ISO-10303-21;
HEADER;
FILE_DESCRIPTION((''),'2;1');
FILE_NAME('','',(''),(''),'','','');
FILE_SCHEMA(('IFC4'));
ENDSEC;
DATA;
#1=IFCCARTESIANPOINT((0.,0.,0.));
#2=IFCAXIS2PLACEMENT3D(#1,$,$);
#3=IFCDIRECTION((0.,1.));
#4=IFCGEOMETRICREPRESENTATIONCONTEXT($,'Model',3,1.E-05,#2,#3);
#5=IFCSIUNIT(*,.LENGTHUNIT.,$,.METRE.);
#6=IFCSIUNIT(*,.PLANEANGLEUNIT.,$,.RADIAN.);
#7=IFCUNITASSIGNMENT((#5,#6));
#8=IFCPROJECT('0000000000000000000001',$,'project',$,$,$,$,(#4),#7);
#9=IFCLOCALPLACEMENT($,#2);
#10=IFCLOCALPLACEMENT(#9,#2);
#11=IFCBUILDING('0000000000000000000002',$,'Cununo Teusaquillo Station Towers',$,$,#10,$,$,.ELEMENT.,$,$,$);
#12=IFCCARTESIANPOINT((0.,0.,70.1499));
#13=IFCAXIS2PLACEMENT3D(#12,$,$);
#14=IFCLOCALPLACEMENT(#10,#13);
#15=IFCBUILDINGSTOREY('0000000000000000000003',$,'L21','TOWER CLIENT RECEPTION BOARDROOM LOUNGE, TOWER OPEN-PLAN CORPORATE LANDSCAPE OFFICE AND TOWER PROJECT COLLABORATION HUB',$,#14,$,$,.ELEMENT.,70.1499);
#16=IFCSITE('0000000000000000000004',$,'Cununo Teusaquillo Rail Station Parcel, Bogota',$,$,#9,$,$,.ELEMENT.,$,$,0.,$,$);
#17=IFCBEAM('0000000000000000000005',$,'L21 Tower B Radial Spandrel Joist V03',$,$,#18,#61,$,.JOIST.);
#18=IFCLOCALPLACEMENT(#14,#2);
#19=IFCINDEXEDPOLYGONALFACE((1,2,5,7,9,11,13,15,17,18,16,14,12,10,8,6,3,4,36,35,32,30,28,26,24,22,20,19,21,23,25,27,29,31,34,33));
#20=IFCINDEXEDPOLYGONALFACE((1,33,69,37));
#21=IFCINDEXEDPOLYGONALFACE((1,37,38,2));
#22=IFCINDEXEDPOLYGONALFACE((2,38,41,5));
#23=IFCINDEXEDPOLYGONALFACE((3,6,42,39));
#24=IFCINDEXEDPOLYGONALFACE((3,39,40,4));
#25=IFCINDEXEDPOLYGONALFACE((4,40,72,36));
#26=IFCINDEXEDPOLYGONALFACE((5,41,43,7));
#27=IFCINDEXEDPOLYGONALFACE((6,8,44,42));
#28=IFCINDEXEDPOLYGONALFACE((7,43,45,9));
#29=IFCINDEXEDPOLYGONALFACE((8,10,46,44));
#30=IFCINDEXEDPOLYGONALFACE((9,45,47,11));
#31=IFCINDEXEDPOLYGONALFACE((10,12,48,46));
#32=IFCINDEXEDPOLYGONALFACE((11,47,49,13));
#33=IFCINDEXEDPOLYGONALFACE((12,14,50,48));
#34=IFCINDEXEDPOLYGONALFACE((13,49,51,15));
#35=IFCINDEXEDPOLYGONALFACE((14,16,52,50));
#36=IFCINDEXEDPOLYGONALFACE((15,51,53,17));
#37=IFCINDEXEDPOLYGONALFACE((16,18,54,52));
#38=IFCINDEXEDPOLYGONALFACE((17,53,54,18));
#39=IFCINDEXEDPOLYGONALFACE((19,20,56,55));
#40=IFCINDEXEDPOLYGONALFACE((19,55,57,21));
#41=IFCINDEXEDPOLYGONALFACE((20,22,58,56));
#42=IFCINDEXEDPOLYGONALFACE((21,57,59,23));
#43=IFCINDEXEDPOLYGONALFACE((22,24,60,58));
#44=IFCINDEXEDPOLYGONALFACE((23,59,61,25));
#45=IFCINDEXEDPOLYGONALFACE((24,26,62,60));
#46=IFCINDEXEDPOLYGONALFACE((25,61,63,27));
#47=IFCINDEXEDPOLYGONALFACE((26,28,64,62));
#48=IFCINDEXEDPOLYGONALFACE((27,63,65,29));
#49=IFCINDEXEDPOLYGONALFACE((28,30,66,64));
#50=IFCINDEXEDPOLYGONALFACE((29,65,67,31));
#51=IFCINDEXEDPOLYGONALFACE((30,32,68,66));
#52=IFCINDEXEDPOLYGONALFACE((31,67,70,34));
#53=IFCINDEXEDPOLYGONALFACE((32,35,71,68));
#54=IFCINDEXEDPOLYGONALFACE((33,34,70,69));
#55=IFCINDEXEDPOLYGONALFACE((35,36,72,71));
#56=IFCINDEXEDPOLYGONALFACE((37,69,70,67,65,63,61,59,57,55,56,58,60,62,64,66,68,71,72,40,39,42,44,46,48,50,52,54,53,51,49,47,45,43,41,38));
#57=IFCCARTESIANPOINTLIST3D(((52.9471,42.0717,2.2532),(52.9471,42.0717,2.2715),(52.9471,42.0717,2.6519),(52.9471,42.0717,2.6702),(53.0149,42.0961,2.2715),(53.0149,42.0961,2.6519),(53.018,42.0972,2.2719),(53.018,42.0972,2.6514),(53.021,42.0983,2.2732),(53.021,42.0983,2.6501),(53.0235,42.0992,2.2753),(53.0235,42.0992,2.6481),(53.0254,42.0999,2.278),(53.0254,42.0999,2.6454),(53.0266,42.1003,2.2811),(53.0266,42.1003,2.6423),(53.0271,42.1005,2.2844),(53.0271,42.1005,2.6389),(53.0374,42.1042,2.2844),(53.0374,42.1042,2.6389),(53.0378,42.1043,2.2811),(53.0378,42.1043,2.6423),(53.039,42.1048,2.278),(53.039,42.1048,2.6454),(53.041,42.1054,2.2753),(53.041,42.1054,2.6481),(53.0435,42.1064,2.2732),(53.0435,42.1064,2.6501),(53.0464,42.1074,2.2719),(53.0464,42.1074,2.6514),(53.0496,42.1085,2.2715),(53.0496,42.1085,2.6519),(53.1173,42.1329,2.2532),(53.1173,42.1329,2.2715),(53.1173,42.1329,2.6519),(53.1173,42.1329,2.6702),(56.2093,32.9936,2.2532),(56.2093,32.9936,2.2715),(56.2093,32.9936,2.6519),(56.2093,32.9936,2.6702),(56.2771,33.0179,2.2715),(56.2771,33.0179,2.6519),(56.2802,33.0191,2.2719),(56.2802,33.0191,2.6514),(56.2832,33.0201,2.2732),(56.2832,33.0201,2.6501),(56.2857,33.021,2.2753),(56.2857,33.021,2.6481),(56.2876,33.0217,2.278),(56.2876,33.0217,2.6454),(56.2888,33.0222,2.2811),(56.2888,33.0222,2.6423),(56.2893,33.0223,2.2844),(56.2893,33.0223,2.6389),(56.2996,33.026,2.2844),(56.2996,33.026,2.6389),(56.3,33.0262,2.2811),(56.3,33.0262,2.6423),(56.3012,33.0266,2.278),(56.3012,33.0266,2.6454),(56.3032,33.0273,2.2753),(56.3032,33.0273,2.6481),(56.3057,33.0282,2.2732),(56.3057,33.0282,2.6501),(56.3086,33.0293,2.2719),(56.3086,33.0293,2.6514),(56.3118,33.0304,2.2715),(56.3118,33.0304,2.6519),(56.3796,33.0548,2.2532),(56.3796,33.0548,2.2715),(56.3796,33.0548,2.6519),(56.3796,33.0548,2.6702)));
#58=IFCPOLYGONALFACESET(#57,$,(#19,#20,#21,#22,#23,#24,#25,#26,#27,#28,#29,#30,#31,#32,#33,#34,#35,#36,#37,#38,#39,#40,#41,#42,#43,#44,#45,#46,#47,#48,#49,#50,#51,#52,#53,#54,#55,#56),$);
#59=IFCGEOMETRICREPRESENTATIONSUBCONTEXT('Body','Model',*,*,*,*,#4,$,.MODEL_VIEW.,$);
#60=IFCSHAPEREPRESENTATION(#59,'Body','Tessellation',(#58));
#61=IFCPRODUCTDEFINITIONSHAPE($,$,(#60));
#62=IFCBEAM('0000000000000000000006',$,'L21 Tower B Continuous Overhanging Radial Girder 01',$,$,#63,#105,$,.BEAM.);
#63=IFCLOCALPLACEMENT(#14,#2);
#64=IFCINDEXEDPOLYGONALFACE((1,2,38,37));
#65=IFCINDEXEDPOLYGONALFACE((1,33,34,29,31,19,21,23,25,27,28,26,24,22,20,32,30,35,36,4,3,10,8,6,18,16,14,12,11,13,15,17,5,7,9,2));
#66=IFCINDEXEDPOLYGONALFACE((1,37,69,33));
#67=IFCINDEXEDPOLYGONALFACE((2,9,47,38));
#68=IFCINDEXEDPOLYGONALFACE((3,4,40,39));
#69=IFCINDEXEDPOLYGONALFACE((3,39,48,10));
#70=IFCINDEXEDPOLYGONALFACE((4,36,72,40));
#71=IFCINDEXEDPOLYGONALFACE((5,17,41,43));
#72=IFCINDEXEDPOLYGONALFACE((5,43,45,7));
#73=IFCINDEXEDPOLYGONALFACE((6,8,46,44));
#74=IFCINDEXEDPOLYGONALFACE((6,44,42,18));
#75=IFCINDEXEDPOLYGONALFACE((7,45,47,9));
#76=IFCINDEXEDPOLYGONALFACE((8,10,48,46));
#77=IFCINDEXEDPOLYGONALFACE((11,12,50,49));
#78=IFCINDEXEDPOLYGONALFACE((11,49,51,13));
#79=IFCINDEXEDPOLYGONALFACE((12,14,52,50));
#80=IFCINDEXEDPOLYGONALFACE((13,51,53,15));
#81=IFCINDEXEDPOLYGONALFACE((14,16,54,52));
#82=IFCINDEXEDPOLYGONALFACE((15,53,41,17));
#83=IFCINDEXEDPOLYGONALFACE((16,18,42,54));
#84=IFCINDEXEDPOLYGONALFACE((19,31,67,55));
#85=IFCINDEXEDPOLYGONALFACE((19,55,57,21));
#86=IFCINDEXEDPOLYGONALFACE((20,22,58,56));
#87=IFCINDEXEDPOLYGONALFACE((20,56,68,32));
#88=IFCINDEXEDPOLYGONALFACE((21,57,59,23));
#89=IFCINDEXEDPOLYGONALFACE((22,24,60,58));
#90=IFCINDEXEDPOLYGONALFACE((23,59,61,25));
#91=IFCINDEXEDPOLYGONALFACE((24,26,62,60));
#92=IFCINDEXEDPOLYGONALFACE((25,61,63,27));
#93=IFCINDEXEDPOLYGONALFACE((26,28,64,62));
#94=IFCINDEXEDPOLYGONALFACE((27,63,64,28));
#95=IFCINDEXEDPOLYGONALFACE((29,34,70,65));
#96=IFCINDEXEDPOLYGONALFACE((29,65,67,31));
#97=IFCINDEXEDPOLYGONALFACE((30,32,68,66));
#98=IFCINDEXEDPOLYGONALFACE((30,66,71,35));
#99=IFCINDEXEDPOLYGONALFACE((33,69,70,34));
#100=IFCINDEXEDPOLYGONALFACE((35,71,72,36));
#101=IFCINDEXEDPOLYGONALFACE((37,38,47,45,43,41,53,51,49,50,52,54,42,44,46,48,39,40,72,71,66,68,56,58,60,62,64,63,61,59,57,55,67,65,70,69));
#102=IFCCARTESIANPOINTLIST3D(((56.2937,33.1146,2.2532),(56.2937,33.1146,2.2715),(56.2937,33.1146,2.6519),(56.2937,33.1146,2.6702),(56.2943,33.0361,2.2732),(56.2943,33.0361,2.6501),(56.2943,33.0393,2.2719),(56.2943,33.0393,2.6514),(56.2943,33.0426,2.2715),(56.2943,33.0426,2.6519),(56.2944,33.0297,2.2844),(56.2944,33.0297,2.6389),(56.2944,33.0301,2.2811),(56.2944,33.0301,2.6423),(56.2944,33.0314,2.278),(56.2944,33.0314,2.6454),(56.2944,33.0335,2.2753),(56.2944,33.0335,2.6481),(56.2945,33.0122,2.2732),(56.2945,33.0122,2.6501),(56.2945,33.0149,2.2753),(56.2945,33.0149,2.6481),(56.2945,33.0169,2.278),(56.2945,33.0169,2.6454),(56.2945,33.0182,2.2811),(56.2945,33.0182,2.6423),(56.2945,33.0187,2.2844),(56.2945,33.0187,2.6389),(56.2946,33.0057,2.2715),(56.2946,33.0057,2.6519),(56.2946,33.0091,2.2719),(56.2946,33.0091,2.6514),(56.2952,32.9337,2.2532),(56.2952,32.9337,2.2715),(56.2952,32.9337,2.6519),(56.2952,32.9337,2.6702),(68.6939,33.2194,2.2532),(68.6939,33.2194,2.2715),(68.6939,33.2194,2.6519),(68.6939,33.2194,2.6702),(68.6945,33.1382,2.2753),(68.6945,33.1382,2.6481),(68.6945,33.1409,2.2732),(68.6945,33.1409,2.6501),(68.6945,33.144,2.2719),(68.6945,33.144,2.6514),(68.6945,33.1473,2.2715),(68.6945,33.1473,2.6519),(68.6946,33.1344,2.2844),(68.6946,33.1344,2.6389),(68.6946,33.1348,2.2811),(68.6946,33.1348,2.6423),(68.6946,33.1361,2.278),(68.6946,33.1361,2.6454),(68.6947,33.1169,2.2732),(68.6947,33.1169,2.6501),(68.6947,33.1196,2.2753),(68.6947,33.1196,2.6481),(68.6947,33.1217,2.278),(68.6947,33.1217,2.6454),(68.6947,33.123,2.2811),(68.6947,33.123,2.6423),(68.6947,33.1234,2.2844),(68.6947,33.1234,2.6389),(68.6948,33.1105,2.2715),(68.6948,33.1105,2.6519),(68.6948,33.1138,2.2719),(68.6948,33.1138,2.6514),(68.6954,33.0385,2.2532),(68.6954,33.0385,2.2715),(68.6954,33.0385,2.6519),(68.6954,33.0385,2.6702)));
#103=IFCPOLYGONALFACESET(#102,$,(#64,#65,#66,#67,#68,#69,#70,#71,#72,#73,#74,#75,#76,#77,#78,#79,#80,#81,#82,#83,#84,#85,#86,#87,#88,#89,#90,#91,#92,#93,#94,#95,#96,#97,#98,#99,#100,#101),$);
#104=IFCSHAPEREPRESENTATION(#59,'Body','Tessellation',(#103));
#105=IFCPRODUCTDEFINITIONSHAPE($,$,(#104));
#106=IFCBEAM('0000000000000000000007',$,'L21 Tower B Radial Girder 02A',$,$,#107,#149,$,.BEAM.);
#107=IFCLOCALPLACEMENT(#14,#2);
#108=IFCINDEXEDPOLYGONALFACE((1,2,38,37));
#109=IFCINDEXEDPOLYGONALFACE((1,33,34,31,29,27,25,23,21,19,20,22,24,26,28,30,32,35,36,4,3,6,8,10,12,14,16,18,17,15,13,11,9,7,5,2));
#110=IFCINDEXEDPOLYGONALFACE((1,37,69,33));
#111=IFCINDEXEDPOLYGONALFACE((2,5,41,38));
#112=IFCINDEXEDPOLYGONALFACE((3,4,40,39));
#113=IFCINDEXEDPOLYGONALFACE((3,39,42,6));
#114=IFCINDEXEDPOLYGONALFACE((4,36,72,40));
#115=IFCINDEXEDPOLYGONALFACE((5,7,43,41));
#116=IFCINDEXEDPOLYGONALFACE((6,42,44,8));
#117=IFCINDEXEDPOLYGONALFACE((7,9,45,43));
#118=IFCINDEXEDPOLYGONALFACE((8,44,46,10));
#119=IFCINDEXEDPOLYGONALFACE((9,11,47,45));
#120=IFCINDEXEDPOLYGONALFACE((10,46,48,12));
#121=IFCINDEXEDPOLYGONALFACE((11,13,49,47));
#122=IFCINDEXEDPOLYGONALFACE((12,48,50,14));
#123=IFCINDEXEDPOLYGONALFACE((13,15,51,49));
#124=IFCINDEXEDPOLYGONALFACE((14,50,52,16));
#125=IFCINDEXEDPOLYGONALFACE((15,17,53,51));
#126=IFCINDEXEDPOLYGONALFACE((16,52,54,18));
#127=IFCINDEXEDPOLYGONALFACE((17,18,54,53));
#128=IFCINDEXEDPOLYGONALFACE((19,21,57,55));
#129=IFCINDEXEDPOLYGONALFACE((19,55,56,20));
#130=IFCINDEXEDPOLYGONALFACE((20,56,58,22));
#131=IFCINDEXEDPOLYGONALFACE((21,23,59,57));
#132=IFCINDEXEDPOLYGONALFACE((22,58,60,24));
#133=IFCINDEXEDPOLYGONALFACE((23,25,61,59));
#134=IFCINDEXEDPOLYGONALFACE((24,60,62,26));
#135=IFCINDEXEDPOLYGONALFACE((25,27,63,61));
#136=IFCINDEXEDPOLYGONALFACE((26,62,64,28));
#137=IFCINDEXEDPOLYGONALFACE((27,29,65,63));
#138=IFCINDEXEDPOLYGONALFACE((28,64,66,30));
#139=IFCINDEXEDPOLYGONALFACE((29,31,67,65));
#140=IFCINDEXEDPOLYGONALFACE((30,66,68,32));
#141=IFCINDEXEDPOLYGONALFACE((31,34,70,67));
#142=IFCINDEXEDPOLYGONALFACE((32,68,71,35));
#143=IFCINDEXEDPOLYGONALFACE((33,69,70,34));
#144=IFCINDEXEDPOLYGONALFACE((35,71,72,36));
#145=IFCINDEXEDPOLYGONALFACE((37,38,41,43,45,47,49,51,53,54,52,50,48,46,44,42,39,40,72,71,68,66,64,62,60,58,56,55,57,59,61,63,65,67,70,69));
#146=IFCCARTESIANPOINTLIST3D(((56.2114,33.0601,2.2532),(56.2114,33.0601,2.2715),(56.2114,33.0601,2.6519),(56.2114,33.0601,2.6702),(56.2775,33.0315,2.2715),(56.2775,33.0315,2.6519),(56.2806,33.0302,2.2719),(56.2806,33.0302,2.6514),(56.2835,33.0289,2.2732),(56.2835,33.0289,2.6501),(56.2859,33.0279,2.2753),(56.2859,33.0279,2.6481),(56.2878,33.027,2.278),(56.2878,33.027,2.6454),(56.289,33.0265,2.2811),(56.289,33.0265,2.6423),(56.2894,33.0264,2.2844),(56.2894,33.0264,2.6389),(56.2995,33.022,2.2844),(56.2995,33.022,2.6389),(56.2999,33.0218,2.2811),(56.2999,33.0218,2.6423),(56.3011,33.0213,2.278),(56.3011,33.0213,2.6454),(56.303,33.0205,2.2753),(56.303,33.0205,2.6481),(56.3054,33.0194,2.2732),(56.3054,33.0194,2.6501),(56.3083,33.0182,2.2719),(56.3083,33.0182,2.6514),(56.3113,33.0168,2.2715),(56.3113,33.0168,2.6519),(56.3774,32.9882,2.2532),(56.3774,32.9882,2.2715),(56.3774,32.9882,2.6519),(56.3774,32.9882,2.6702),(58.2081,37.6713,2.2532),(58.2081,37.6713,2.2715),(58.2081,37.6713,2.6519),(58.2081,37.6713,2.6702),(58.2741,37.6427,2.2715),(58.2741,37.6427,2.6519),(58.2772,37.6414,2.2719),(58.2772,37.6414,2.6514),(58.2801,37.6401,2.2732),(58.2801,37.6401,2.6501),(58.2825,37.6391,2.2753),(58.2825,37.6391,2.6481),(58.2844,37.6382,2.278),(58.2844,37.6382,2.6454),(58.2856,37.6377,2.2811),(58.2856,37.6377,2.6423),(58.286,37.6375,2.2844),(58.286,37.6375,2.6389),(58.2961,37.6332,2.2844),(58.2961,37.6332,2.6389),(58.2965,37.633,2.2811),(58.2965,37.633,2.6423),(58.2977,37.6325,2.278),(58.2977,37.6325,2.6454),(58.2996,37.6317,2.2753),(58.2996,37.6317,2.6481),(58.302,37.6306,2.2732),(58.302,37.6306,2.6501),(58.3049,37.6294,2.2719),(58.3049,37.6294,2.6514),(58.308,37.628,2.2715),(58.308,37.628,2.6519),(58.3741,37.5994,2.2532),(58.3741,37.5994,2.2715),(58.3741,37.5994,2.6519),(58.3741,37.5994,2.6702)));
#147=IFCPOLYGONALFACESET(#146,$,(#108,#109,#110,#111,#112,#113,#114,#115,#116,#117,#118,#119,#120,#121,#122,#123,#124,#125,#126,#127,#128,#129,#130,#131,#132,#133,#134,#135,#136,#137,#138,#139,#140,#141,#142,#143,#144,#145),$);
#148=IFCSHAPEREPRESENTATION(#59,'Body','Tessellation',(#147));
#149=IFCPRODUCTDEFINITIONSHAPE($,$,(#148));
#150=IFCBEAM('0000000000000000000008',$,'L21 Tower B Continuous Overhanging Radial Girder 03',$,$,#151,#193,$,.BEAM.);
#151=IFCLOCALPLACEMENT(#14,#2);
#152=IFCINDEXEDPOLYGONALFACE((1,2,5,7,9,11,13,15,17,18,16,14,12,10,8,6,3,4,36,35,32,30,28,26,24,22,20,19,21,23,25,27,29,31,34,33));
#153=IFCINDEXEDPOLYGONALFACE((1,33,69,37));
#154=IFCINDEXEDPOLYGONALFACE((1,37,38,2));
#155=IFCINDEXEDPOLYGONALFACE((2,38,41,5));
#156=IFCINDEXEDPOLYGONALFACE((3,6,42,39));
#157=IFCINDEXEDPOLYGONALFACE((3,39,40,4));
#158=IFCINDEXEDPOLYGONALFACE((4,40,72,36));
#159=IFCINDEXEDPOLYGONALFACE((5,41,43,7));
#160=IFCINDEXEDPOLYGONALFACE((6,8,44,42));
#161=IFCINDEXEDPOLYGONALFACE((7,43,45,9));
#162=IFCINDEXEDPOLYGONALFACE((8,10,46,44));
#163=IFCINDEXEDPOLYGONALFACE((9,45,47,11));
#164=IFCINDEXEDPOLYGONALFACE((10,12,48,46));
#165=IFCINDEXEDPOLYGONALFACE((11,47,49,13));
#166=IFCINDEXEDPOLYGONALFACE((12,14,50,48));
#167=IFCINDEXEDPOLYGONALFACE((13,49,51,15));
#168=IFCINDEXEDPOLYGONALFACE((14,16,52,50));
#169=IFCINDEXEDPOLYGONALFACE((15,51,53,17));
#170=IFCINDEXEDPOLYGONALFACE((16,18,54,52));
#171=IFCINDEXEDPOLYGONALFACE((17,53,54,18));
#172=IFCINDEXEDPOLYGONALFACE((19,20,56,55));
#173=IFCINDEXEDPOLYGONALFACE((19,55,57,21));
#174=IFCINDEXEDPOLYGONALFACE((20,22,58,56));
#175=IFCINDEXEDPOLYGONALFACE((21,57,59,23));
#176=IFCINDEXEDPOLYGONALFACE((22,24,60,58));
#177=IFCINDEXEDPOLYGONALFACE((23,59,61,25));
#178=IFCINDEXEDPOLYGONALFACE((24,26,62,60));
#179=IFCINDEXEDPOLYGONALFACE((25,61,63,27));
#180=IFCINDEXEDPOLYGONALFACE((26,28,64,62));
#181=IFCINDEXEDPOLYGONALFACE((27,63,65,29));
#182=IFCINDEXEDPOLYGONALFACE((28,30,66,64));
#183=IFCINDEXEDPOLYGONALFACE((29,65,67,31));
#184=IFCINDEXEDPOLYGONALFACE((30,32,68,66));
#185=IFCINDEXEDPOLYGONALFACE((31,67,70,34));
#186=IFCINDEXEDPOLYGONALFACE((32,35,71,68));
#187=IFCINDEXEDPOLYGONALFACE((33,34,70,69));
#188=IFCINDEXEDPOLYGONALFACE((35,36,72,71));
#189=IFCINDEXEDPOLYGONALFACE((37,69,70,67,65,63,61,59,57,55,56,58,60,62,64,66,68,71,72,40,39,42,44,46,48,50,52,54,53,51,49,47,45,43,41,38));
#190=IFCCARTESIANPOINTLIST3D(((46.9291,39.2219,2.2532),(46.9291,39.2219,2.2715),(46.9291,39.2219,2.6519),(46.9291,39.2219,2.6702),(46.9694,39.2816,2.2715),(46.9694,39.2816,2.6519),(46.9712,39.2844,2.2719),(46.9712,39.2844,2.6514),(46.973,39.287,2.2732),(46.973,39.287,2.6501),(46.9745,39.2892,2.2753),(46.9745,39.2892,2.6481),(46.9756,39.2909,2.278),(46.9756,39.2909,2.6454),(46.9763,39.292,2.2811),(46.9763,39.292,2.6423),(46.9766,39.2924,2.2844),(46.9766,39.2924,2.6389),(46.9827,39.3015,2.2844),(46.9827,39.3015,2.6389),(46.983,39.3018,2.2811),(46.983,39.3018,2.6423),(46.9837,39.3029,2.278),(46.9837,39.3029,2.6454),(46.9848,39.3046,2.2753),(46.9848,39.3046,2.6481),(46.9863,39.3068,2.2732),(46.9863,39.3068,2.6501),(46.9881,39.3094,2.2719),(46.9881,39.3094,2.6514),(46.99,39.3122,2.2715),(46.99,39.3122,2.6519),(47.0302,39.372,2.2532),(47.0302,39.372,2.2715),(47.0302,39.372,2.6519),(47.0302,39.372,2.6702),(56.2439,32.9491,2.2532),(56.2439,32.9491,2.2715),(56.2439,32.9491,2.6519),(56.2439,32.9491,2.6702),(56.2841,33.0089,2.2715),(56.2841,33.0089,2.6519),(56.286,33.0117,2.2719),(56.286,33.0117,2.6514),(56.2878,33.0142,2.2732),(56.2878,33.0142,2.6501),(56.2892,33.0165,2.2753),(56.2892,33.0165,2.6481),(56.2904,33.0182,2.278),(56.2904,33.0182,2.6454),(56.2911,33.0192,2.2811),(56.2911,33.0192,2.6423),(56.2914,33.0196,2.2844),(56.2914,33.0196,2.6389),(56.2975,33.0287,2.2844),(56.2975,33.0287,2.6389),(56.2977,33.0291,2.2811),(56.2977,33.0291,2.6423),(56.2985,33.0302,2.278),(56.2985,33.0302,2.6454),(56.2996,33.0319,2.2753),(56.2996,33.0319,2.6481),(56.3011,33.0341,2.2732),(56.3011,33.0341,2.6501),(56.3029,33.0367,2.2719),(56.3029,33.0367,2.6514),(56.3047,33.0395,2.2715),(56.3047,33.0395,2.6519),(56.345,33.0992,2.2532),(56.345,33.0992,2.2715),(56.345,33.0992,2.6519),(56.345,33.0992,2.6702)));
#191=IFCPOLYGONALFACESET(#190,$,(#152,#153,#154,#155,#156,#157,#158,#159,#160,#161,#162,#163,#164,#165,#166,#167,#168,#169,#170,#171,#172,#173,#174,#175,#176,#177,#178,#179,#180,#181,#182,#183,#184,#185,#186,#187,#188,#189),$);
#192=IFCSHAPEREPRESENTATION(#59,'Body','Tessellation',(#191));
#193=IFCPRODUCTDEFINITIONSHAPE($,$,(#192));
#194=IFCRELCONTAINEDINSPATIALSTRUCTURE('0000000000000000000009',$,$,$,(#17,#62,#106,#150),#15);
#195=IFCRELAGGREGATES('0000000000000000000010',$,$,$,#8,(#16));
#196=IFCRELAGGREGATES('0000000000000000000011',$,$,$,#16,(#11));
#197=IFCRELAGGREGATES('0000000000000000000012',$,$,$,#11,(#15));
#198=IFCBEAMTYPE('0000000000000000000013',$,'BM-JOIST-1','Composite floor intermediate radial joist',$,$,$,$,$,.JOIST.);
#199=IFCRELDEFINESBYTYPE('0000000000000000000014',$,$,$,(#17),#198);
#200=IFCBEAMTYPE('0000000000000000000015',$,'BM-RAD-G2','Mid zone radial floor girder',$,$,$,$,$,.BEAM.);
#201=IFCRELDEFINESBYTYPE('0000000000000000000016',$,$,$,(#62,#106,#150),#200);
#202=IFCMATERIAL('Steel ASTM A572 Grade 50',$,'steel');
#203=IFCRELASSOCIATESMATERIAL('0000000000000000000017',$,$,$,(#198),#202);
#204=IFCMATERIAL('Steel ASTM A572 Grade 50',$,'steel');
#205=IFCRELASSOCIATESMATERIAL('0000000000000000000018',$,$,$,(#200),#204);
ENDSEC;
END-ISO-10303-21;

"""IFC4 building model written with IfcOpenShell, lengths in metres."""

from ifc_helpers import new_model, si_unit, direction, frame, origin, origin_2d, place, context, subcontext, project, spatial, i_section, extrude, material, material_profile, profile_set, type_object, element, save


model = new_model("IFC4")

# Units and contexts
model_context = context("Model", 3, precision=1e-05, world=origin(), true_north=direction((0.0, 1.0)))
body_context = subcontext(model_context, "Body", "Model", "MODEL_VIEW")
ifc_project = project(units=[si_unit("LENGTHUNIT", "METRE"), si_unit("PLANEANGLEUNIT", "RADIAN")], contexts=[model_context])

# Site, building, storey
site_placement = place(None, origin())
site = spatial("IfcSite", under=ifc_project, at=site_placement, Name="Cununo Teusaquillo Rail Station Parcel, Bogota", CompositionType="ELEMENT", RefElevation=0.0)
building_placement = place(site_placement, origin())
building = spatial("IfcBuilding", under=site, at=building_placement, Name="Cununo Teusaquillo Station Towers", CompositionType="ELEMENT")
storey_placement = place(building_placement, frame((0.0, 0.0, 70.1499)))
storey = spatial("IfcBuildingStorey", under=building, at=storey_placement, Name="L21", Description="TOWER CLIENT RECEPTION BOARDROOM LOUNGE, TOWER OPEN-PLAN CORPORATE LANDSCAPE OFFICE AND TOWER PROJECT COLLABORATION HUB", CompositionType="ELEMENT", Elevation=70.1499)

# Beams
ifc_material_1 = material(Name="Steel ASTM A572 Grade 50", Category="steel")
ifc_material_profile_1 = material_profile(ifc_material_1, i_section(OverallWidth=0.1809, OverallDepth=0.417, WebThickness=0.011, FlangeThickness=0.0183, FilletRadius=0.0129, at=origin_2d()), Name="W16X57")
ifc_profile_set_1 = profile_set([ifc_material_profile_1], Name="Steel ASTM A572 Grade 50")
beam_type_1 = type_object("IfcBeamType", Name="BM-JOIST-1", Description="Composite floor intermediate radial joist", PredefinedType="JOIST", material=ifc_profile_set_1)
beam_1_placement = place(storey_placement, frame((56.2944, 33.0242, 2.4617), z_axis=(-0.338176, 0.941083, 0.0), x_axis=(-0.941083, -0.338176, 0.0)))
element("IfcBeam", 1, at=beam_1_placement, inside=storey, type_object=beam_type_1, Name="L21 Tower B Radial Spandrel Joist V03", PredefinedType="JOIST", context=body_context, shape_type="SweptSolid", body=[
    extrude(i_section(OverallWidth=0.1809, OverallDepth=0.417, WebThickness=0.011, FlangeThickness=0.0183, FilletRadius=0.0129, at=origin_2d()), origin(), (0.0, 0.0, 1.0), 9.6465),
])
ifc_material_2 = material(Name="Steel ASTM A572 Grade 50", Category="steel")
ifc_material_profile_2 = material_profile(ifc_material_2, i_section(OverallWidth=0.1809, OverallDepth=0.417, WebThickness=0.011, FlangeThickness=0.0183, FilletRadius=0.0129, at=origin_2d()), Name="W16X57")
ifc_profile_set_2 = profile_set([ifc_material_profile_2], Name="Steel ASTM A572 Grade 50")
beam_type_2 = type_object("IfcBeamType", Name="BM-RAD-G2", Description="Mid zone radial floor girder", PredefinedType="BEAM", material=ifc_profile_set_2)
beam_2_placement = place(storey_placement, frame((56.2944, 33.0242, 2.4617), z_axis=(0.999964, 0.008446, 0.0), x_axis=(-0.008446, 0.999964, 0.0)))
element("IfcBeam", 2, at=beam_2_placement, inside=storey, type_object=beam_type_2, Name="L21 Tower B Continuous Overhanging Radial Girder 01", PredefinedType="BEAM", context=body_context, shape_type="SweptSolid", body=[
    extrude(i_section(OverallWidth=0.1809, OverallDepth=0.417, WebThickness=0.011, FlangeThickness=0.0183, FilletRadius=0.0129, at=origin_2d()), origin(), (0.0, 0.0, 1.0), 12.4006),
])
beam_3_placement = place(storey_placement, frame((56.2944, 33.0242, 2.4617), z_axis=(0.397347, 0.917668, 0.0), x_axis=(-0.917668, 0.397347, 0.0)))
element("IfcBeam", 3, at=beam_3_placement, inside=storey, type_object=beam_type_2, Name="L21 Tower B Radial Girder 02A", PredefinedType="BEAM", context=body_context, shape_type="SweptSolid", body=[
    extrude(i_section(OverallWidth=0.1809, OverallDepth=0.417, WebThickness=0.011, FlangeThickness=0.0183, FilletRadius=0.0129, at=origin_2d()), origin(), (0.0, 0.0, 1.0), 5.0249),
])
beam_4_placement = place(storey_placement, frame((56.2944, 33.0242, 2.4617), z_axis=(-0.829456, 0.558572, 0.0), x_axis=(-0.558572, -0.829456, 0.0)))
element("IfcBeam", 4, at=beam_4_placement, inside=storey, type_object=beam_type_2, Name="L21 Tower B Continuous Overhanging Radial Girder 03", PredefinedType="BEAM", context=body_context, shape_type="SweptSolid", body=[
    extrude(i_section(OverallWidth=0.1809, OverallDepth=0.417, WebThickness=0.011, FlangeThickness=0.0183, FilletRadius=0.0129, at=origin_2d()), origin(), (0.0, 0.0, 1.0), 11.23),
])

save(model, "model.ifc")
